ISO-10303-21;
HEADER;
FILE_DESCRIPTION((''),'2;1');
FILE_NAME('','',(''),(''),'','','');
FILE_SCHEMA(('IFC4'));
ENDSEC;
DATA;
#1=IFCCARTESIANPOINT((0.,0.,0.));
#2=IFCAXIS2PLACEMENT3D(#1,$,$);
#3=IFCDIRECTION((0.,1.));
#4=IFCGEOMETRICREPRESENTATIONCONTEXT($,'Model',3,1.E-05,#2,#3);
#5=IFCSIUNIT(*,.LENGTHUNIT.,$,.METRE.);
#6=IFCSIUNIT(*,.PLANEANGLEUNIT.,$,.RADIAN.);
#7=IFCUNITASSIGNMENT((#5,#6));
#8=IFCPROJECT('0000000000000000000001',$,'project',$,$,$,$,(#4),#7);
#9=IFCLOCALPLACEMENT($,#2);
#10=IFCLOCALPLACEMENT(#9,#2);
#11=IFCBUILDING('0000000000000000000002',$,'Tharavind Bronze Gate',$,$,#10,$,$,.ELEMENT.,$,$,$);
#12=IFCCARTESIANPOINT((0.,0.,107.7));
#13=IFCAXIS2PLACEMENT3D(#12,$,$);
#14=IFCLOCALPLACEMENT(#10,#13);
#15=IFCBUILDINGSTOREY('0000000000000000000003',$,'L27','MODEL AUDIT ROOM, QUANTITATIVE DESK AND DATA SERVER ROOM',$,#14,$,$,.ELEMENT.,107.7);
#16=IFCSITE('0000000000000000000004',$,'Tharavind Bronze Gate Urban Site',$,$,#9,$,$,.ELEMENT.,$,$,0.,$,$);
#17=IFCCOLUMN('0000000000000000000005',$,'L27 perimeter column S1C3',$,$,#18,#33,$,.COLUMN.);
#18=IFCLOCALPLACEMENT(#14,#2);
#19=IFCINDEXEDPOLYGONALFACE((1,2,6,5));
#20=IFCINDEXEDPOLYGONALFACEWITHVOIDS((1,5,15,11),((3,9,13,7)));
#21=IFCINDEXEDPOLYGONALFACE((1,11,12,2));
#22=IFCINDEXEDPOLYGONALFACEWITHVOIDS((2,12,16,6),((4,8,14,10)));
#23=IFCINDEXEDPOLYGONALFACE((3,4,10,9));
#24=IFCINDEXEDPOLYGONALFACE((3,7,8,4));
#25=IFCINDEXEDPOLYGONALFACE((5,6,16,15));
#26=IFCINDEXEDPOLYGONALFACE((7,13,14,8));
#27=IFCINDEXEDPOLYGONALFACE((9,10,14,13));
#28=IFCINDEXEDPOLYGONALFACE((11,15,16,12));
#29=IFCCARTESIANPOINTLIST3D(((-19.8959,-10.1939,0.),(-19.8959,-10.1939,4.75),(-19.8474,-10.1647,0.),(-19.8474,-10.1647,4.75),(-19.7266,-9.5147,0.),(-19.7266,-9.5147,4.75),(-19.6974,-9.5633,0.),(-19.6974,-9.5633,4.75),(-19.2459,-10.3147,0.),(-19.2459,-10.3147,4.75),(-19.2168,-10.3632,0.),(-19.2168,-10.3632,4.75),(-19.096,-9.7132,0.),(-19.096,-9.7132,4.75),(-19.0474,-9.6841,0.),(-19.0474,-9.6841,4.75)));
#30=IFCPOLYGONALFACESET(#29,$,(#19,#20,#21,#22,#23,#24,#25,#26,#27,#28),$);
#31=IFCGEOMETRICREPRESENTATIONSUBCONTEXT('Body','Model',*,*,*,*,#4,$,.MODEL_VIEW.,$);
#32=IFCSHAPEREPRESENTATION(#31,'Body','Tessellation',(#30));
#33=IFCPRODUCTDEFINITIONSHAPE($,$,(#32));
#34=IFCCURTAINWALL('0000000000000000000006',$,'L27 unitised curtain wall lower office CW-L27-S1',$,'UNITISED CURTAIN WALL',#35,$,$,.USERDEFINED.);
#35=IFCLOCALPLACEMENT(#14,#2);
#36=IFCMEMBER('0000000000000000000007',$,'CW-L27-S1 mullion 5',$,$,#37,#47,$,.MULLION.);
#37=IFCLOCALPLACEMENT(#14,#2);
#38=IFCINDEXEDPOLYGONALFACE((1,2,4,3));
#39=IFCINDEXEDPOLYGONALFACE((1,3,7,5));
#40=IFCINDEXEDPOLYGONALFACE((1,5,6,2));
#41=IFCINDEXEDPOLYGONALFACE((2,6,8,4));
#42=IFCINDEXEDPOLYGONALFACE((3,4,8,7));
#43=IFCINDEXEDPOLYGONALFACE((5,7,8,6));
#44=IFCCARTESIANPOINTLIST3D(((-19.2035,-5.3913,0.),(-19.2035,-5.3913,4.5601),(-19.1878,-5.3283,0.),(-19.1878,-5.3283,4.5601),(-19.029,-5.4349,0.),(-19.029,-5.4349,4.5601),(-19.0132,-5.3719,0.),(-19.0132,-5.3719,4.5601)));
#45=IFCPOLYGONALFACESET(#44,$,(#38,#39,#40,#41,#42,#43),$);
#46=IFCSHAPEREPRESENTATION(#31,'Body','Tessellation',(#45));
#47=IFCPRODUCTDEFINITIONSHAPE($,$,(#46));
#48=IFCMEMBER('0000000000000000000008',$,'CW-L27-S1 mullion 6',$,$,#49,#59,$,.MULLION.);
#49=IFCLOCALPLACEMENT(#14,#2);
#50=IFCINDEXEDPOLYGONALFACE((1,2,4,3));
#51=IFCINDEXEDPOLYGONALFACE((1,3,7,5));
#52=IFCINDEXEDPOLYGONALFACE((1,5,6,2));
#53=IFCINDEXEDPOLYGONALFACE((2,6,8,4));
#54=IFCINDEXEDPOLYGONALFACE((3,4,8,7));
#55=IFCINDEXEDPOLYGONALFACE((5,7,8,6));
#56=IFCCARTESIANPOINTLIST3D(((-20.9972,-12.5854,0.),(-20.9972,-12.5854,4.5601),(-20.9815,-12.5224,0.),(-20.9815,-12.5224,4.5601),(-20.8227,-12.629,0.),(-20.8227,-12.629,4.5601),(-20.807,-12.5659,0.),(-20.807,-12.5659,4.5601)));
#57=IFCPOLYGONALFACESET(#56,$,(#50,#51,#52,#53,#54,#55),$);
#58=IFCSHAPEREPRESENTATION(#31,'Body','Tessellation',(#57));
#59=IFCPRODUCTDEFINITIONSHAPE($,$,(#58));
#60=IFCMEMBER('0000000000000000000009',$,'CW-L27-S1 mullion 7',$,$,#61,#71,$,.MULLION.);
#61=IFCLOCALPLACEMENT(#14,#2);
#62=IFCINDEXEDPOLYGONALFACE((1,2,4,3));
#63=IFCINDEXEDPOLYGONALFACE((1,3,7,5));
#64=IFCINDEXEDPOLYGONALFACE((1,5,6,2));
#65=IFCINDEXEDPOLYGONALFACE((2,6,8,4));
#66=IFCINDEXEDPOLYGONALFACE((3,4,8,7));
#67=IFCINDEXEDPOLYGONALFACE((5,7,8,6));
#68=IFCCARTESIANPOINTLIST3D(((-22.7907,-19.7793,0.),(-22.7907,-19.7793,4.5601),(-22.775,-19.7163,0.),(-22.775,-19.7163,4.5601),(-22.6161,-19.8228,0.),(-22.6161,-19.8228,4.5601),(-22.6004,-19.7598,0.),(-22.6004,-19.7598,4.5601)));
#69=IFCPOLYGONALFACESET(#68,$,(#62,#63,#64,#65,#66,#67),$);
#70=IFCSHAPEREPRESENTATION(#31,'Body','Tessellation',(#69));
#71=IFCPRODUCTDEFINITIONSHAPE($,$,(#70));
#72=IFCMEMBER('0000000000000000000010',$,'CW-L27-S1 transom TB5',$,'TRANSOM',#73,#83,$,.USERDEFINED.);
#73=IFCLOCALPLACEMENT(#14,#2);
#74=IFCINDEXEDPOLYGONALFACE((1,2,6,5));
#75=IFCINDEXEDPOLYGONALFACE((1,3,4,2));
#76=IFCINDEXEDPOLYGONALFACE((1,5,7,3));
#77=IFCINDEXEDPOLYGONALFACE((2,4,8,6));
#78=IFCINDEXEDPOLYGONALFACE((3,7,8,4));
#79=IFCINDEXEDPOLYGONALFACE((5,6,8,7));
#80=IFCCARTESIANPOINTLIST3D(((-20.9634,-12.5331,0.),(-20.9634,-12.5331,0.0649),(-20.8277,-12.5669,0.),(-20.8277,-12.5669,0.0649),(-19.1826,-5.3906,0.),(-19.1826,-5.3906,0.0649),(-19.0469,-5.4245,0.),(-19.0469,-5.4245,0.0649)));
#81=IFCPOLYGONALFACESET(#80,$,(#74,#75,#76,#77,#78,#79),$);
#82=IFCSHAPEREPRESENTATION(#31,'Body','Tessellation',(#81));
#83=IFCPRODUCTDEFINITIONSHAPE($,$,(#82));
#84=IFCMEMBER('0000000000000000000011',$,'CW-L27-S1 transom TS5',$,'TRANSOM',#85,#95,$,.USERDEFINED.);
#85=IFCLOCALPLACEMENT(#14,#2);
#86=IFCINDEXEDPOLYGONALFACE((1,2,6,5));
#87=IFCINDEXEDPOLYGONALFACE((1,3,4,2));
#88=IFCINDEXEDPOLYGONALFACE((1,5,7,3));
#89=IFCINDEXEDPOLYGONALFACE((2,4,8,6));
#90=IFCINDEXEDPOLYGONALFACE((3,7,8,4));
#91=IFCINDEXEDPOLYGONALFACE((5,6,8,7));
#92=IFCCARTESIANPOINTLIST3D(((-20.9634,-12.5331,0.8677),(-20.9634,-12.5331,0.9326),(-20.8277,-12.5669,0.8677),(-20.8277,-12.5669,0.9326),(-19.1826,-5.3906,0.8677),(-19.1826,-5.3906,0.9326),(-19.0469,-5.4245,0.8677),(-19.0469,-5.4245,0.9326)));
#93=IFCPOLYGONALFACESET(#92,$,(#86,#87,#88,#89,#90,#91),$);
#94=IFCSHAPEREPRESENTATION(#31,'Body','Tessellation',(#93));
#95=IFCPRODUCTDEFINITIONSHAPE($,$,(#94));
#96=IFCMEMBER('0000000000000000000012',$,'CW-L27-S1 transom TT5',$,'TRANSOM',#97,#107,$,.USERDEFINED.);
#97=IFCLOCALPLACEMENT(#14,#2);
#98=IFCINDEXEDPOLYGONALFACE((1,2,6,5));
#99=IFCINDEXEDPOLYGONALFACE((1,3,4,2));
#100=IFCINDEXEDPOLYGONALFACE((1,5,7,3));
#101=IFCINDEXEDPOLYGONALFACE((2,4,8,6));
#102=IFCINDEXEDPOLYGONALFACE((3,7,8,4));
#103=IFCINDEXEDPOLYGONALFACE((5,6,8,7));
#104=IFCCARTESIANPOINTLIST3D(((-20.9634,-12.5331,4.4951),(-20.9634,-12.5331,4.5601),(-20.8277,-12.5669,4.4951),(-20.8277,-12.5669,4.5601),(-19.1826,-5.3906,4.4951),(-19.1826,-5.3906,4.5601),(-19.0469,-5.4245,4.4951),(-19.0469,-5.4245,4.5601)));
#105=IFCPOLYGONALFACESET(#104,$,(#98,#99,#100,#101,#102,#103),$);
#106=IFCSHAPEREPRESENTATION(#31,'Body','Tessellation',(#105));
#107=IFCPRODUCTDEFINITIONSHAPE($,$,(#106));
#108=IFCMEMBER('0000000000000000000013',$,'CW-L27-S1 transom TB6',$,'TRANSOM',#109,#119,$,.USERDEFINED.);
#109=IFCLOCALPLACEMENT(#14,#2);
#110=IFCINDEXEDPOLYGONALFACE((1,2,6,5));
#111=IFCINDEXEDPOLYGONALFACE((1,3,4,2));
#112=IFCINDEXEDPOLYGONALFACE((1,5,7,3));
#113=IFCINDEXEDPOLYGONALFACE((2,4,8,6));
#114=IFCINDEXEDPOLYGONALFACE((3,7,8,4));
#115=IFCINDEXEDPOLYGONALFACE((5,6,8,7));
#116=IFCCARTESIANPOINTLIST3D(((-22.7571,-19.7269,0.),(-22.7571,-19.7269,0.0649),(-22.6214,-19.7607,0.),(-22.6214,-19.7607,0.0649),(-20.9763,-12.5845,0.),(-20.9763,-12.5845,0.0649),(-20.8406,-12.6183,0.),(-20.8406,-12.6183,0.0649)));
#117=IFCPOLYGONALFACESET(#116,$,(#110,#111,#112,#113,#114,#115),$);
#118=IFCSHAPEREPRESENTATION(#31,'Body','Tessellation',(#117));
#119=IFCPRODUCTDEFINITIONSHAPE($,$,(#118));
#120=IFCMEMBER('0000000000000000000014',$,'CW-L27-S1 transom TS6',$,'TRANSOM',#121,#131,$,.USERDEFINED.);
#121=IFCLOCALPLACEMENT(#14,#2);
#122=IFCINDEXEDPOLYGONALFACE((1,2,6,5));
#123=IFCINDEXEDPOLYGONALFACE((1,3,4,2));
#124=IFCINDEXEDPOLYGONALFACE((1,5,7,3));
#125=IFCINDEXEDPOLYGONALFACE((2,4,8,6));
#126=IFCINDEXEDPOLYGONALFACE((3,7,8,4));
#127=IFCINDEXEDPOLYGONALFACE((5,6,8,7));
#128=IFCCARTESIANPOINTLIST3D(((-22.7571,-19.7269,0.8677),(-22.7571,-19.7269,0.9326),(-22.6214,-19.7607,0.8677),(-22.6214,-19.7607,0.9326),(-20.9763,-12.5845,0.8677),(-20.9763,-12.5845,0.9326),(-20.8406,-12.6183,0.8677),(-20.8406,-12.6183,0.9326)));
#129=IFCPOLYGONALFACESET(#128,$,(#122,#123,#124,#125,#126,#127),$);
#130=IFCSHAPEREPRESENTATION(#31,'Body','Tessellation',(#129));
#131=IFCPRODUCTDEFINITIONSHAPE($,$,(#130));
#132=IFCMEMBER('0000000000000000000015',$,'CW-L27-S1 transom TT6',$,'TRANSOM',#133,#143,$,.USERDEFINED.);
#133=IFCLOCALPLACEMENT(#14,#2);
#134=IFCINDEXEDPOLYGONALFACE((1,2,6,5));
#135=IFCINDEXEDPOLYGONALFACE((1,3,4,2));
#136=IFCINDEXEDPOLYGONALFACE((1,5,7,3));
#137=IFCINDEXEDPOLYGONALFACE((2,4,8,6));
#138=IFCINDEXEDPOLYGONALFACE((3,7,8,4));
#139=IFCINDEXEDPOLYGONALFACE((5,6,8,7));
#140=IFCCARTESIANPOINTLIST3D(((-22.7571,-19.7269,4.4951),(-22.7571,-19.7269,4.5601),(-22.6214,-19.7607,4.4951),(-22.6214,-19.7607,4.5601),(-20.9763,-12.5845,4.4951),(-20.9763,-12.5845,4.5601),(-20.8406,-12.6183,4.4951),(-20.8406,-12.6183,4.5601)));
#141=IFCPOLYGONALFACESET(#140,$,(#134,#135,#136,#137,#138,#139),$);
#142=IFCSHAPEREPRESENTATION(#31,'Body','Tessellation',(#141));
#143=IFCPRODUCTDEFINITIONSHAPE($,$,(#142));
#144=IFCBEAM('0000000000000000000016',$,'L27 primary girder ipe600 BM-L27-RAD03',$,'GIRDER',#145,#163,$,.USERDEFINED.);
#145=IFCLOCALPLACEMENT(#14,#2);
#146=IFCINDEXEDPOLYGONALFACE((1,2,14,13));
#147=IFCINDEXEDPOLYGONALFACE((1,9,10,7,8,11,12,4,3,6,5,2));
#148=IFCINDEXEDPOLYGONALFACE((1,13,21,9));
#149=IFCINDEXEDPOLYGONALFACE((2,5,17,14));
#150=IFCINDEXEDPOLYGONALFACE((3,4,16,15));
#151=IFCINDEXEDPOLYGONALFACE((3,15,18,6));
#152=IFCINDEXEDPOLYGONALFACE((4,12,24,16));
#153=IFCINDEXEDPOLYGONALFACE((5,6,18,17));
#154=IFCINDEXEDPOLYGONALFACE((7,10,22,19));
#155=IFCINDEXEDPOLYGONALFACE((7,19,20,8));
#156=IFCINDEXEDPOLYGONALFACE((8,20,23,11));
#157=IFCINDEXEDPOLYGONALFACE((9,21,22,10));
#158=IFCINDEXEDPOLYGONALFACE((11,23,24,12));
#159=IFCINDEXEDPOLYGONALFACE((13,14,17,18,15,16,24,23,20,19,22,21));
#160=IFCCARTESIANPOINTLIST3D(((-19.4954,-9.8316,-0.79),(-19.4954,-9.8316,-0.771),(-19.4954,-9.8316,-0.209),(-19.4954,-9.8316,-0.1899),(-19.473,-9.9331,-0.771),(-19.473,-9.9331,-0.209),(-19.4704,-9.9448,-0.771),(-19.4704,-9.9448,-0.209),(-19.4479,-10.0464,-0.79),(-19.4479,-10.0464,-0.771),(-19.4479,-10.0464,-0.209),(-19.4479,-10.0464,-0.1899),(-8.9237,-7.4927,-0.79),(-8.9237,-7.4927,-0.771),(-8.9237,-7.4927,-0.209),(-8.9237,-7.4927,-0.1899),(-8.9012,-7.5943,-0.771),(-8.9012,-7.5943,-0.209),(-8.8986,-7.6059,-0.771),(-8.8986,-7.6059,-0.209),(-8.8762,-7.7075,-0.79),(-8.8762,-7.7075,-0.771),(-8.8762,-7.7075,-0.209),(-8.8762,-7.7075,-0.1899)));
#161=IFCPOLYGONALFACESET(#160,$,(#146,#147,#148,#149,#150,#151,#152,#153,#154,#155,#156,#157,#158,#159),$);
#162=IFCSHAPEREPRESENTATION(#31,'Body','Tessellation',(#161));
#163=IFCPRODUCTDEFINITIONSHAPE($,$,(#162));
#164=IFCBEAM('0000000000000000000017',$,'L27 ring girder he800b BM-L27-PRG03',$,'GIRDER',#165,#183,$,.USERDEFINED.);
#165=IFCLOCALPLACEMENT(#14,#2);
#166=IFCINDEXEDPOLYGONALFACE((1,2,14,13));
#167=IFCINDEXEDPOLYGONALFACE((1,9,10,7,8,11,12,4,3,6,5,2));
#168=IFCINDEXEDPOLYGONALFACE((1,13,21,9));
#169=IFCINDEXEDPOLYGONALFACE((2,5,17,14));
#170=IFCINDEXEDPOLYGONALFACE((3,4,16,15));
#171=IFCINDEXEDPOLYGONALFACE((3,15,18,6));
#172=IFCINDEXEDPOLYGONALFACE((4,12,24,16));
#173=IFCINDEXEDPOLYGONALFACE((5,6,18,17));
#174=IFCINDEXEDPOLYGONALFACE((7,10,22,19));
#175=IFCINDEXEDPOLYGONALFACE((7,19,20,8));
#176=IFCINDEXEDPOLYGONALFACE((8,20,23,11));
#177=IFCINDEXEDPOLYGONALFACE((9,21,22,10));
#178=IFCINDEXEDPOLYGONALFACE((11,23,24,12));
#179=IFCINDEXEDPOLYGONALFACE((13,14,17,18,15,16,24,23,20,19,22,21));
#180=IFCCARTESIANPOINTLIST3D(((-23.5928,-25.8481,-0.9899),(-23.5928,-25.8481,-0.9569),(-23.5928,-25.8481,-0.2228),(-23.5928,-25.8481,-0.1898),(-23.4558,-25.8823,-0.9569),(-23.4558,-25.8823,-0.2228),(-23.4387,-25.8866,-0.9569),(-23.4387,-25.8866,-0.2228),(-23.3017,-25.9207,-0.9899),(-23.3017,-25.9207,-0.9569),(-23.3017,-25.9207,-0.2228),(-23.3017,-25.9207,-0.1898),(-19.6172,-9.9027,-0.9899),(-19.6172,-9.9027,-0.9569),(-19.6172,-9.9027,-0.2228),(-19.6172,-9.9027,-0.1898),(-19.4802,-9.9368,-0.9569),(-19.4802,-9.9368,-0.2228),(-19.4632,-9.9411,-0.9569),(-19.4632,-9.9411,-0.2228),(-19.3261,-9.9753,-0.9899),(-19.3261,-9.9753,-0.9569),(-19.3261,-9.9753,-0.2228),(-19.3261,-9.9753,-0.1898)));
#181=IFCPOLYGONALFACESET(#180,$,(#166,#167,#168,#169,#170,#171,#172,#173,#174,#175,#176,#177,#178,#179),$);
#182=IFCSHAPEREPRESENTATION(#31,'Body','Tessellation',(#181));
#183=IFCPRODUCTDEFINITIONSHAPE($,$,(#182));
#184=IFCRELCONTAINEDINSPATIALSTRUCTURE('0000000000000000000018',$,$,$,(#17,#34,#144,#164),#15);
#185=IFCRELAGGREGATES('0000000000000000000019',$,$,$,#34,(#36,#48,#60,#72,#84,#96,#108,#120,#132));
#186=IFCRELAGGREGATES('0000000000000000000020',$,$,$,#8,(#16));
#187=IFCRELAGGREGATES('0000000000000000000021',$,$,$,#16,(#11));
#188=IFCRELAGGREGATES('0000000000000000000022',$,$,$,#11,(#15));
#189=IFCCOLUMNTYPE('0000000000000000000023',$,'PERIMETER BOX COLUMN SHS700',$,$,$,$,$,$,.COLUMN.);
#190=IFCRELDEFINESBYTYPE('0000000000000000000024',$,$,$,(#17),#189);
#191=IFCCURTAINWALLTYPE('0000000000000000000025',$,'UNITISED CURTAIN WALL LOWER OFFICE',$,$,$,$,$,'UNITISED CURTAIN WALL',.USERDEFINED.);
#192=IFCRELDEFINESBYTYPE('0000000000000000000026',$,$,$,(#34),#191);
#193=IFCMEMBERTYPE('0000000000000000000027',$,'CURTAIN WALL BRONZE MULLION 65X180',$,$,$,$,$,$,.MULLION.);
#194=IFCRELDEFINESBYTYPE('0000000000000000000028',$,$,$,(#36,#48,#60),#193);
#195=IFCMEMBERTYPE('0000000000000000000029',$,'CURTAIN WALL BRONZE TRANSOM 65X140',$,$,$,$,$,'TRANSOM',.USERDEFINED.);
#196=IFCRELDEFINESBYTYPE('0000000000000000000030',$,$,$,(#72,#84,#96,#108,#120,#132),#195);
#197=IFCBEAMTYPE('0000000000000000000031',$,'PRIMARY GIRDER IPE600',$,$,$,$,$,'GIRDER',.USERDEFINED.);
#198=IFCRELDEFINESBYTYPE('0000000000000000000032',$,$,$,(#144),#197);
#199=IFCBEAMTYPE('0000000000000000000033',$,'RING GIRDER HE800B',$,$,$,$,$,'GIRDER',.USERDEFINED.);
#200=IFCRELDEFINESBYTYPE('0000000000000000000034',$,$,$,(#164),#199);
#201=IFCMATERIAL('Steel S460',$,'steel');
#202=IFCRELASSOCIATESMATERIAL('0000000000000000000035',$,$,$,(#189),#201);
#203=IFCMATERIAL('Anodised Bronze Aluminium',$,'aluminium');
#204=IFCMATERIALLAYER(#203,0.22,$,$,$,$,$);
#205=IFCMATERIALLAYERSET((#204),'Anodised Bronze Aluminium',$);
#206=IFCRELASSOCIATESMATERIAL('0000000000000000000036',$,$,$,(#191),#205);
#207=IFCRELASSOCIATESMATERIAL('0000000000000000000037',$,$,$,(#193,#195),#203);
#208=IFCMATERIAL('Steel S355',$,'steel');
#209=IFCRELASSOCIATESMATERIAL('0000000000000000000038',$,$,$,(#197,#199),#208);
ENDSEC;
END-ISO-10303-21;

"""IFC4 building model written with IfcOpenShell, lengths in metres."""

from ifc_helpers import new_model, si_unit, direction, frame, origin, origin_2d, place, context, subcontext, project, spatial, rectangle, hollow_rectangle, i_section, extrude, material, layer, layer_set, material_profile, profile_set, type_object, element, aggregate, save


model = new_model("IFC4")

# Units and contexts
model_context = context("Model", 3, precision=1e-05, world=origin(), true_north=direction((0.0, 1.0)))
body_context = subcontext(model_context, "Body", "Model", "MODEL_VIEW")
ifc_project = project(units=[si_unit("LENGTHUNIT", "METRE"), si_unit("PLANEANGLEUNIT", "RADIAN")], contexts=[model_context])

# Site, building, storey
site_placement = place(None, origin())
site = spatial("IfcSite", under=ifc_project, at=site_placement, Name="Tharavind Bronze Gate Urban Site", CompositionType="ELEMENT", RefElevation=0.0)
building_placement = place(site_placement, origin())
building = spatial("IfcBuilding", under=site, at=building_placement, Name="Tharavind Bronze Gate", CompositionType="ELEMENT")
storey_placement = place(building_placement, frame((0.0, 0.0, 107.7)))
storey = spatial("IfcBuildingStorey", under=building, at=storey_placement, Name="L27", Description="MODEL AUDIT ROOM, QUANTITATIVE DESK AND DATA SERVER ROOM", CompositionType="ELEMENT", Elevation=107.7)

# Column
ifc_material_1 = material(Name="Steel S460", Category="steel")
ifc_material_profile_1 = material_profile(ifc_material_1, hollow_rectangle(XDim=0.7, YDim=0.7, WallThickness=0.04, at=origin_2d()), Name="SHS700X40")
ifc_profile_set_1 = profile_set([ifc_material_profile_1], Name="Steel S460")
column_type = type_object("IfcColumnType", Name="PERIMETER BOX COLUMN SHS700", PredefinedType="COLUMN", material=ifc_profile_set_1)
column_placement = place(storey_placement, frame((-19.4717, -9.939, 0.0), z_axis=(0.0, 0.0, 1.0), x_axis=(0.241922, 0.970296, 0.0)))
element("IfcColumn", 1, at=column_placement, inside=storey, type_object=column_type, Name="L27 perimeter column S1C3", PredefinedType="COLUMN", context=body_context, shape_type="SweptSolid", body=[
    extrude(hollow_rectangle(XDim=0.7, YDim=0.7, WallThickness=0.04, at=origin_2d()), origin(), (0.0, 0.0, 1.0), 4.75),
])

# Curtain wall, members
ifc_material_2 = material(Name="Anodised Bronze Aluminium", Category="aluminium")
ifc_layer_1 = layer(ifc_material_2, 0.22)
ifc_layer_set_1 = layer_set([ifc_layer_1], Name="Anodised Bronze Aluminium")
curtain_wall_type = type_object("IfcCurtainWallType", Name="UNITISED CURTAIN WALL LOWER OFFICE", ElementType="UNITISED CURTAIN WALL", PredefinedType="USERDEFINED", material=ifc_layer_set_1)
curtain_wall_placement = place(storey_placement, origin())
curtain_wall = element("IfcCurtainWall", 2, at=curtain_wall_placement, inside=storey, type_object=curtain_wall_type, Name="L27 unitised curtain wall lower office CW-L27-S1", ObjectType="UNITISED CURTAIN WALL", PredefinedType="USERDEFINED")
member_type_1 = type_object("IfcMemberType", Name="CURTAIN WALL BRONZE MULLION 65X180", PredefinedType="MULLION", material=ifc_material_2)
member_1_placement = place(storey_placement, frame((-19.1084, -5.3816, 0.0), z_axis=(0.0, 0.0, 1.0), x_axis=(-0.241922, -0.970296, 0.0)))
member_1 = element("IfcMember", 3, at=member_1_placement, type_object=member_type_1, Name="CW-L27-S1 mullion 5", PredefinedType="MULLION", context=body_context, shape_type="SweptSolid", body=[
    extrude(rectangle(XDim=0.0649, YDim=0.1799, at=origin_2d()), origin(), (0.0, 0.0, 1.0), 4.5601),
])
member_2_placement = place(storey_placement, frame((-20.9021, -12.5757, 0.0), z_axis=(0.0, 0.0, 1.0), x_axis=(-0.241922, -0.970296, 0.0)))
member_2 = element("IfcMember", 4, at=member_2_placement, type_object=member_type_1, Name="CW-L27-S1 mullion 6", PredefinedType="MULLION", context=body_context, shape_type="SweptSolid", body=[
    extrude(rectangle(XDim=0.0649, YDim=0.1799, at=origin_2d()), origin(), (0.0, 0.0, 1.0), 4.5601),
])
member_3_placement = place(storey_placement, frame((-22.6956, -19.7695, 0.0), z_axis=(0.0, 0.0, 1.0), x_axis=(-0.241922, -0.970296, 0.0)))
member_3 = element("IfcMember", 5, at=member_3_placement, type_object=member_type_1, Name="CW-L27-S1 mullion 7", PredefinedType="MULLION", context=body_context, shape_type="SweptSolid", body=[
    extrude(rectangle(XDim=0.0649, YDim=0.1799, at=origin_2d()), origin(), (0.0, 0.0, 1.0), 4.5601),
])
member_type_2 = type_object("IfcMemberType", Name="CURTAIN WALL BRONZE TRANSOM 65X140", ElementType="TRANSOM", PredefinedType="USERDEFINED", material=ifc_material_2)
member_4_placement = place(storey_placement, frame((-20.0051, -8.9788, 0.0), z_axis=(0.0, 0.0, 1.0), x_axis=(-0.241922, -0.970296, 0.0)))
member_4 = element("IfcMember", 6, at=member_4_placement, type_object=member_type_2, Name="CW-L27-S1 transom TB5", ObjectType="TRANSOM", PredefinedType="USERDEFINED", context=body_context, shape_type="SweptSolid", body=[
    extrude(rectangle(XDim=7.3611, YDim=0.1399, at=origin_2d()), origin(), (0.0, 0.0, 1.0), 0.0649),
])
member_5_placement = place(storey_placement, frame((-20.0051, -8.9788, 0.8677), z_axis=(0.0, 0.0, 1.0), x_axis=(-0.241922, -0.970296, 0.0)))
member_5 = element("IfcMember", 7, at=member_5_placement, type_object=member_type_2, Name="CW-L27-S1 transom TS5", ObjectType="TRANSOM", PredefinedType="USERDEFINED", context=body_context, shape_type="SweptSolid", body=[
    extrude(rectangle(XDim=7.3611, YDim=0.1399, at=origin_2d()), origin(), (0.0, 0.0, 1.0), 0.0649),
])
member_6_placement = place(storey_placement, frame((-20.0051, -8.9788, 4.4951), z_axis=(0.0, 0.0, 1.0), x_axis=(-0.241922, -0.970296, 0.0)))
member_6 = element("IfcMember", 8, at=member_6_placement, type_object=member_type_2, Name="CW-L27-S1 transom TT5", ObjectType="TRANSOM", PredefinedType="USERDEFINED", context=body_context, shape_type="SweptSolid", body=[
    extrude(rectangle(XDim=7.3611, YDim=0.1399, at=origin_2d()), origin(), (0.0, 0.0, 1.0), 0.0649),
])
member_7_placement = place(storey_placement, frame((-21.7988, -16.1726, 0.0), z_axis=(0.0, 0.0, 1.0), x_axis=(-0.241922, -0.970296, 0.0)))
member_7 = element("IfcMember", 9, at=member_7_placement, type_object=member_type_2, Name="CW-L27-S1 transom TB6", ObjectType="TRANSOM", PredefinedType="USERDEFINED", context=body_context, shape_type="SweptSolid", body=[
    extrude(rectangle(XDim=7.3611, YDim=0.1399, at=origin_2d()), origin(), (0.0, 0.0, 1.0), 0.0649),
])
member_8_placement = place(storey_placement, frame((-21.7988, -16.1726, 0.8677), z_axis=(0.0, 0.0, 1.0), x_axis=(-0.241922, -0.970296, 0.0)))
member_8 = element("IfcMember", 10, at=member_8_placement, type_object=member_type_2, Name="CW-L27-S1 transom TS6", ObjectType="TRANSOM", PredefinedType="USERDEFINED", context=body_context, shape_type="SweptSolid", body=[
    extrude(rectangle(XDim=7.3611, YDim=0.1399, at=origin_2d()), origin(), (0.0, 0.0, 1.0), 0.0649),
])
member_9_placement = place(storey_placement, frame((-21.7988, -16.1726, 4.4951), z_axis=(0.0, 0.0, 1.0), x_axis=(-0.241922, -0.970296, 0.0)))
member_9 = element("IfcMember", 11, at=member_9_placement, type_object=member_type_2, Name="CW-L27-S1 transom TT6", ObjectType="TRANSOM", PredefinedType="USERDEFINED", context=body_context, shape_type="SweptSolid", body=[
    extrude(rectangle(XDim=7.3611, YDim=0.1399, at=origin_2d()), origin(), (0.0, 0.0, 1.0), 0.0649),
])

# Beams
ifc_material_3 = material(Name="Steel S355", Category="steel")
ifc_material_profile_2 = material_profile(ifc_material_3, i_section(OverallWidth=0.22, OverallDepth=0.6001, WebThickness=0.012, FlangeThickness=0.019, at=origin_2d()), Name="IPE600")
ifc_profile_set_2 = profile_set([ifc_material_profile_2], Name="Steel S355")
beam_type_1 = type_object("IfcBeamType", Name="PRIMARY GIRDER IPE600", ElementType="GIRDER", PredefinedType="USERDEFINED", material=ifc_profile_set_2)
beam_1_placement = place(storey_placement, frame((-19.4717, -9.939, -0.49), z_axis=(0.97639, 0.216014, 0.0), x_axis=(-0.216014, 0.97639, 0.0)))
element("IfcBeam", 12, at=beam_1_placement, inside=storey, type_object=beam_type_1, Name="L27 primary girder ipe600 BM-L27-RAD03", ObjectType="GIRDER", PredefinedType="USERDEFINED", context=body_context, shape_type="SweptSolid", body=[
    extrude(i_section(OverallWidth=0.22, OverallDepth=0.6001, WebThickness=0.012, FlangeThickness=0.019, at=origin_2d()), origin(), (0.0, 0.0, 1.0), 10.8274),
])
ifc_material_profile_3 = material_profile(ifc_material_3, i_section(OverallWidth=0.3, OverallDepth=0.8, WebThickness=0.0176, FlangeThickness=0.033, at=origin_2d()), Name="HE800B")
ifc_profile_set_3 = profile_set([ifc_material_profile_3], Name="Steel S355")
beam_type_2 = type_object("IfcBeamType", Name="RING GIRDER HE800B", ElementType="GIRDER", PredefinedType="USERDEFINED", material=ifc_profile_set_3)
beam_2_placement = place(storey_placement, frame((-19.4717, -9.939, -0.5898), z_axis=(-0.241917, -0.970297, 0.0), x_axis=(0.970297, -0.241917, 0.0)))
element("IfcBeam", 13, at=beam_2_placement, inside=storey, type_object=beam_type_2, Name="L27 ring girder he800b BM-L27-PRG03", ObjectType="GIRDER", PredefinedType="USERDEFINED", context=body_context, shape_type="SweptSolid", body=[
    extrude(i_section(OverallWidth=0.3, OverallDepth=0.8, WebThickness=0.0176, FlangeThickness=0.033, at=origin_2d()), origin(), (0.0, 0.0, 1.0), 16.4336),
])

aggregate(curtain_wall, [member_1, member_2, member_3, member_4, member_5, member_6, member_7, member_8, member_9])

save(model, "model.ifc")
